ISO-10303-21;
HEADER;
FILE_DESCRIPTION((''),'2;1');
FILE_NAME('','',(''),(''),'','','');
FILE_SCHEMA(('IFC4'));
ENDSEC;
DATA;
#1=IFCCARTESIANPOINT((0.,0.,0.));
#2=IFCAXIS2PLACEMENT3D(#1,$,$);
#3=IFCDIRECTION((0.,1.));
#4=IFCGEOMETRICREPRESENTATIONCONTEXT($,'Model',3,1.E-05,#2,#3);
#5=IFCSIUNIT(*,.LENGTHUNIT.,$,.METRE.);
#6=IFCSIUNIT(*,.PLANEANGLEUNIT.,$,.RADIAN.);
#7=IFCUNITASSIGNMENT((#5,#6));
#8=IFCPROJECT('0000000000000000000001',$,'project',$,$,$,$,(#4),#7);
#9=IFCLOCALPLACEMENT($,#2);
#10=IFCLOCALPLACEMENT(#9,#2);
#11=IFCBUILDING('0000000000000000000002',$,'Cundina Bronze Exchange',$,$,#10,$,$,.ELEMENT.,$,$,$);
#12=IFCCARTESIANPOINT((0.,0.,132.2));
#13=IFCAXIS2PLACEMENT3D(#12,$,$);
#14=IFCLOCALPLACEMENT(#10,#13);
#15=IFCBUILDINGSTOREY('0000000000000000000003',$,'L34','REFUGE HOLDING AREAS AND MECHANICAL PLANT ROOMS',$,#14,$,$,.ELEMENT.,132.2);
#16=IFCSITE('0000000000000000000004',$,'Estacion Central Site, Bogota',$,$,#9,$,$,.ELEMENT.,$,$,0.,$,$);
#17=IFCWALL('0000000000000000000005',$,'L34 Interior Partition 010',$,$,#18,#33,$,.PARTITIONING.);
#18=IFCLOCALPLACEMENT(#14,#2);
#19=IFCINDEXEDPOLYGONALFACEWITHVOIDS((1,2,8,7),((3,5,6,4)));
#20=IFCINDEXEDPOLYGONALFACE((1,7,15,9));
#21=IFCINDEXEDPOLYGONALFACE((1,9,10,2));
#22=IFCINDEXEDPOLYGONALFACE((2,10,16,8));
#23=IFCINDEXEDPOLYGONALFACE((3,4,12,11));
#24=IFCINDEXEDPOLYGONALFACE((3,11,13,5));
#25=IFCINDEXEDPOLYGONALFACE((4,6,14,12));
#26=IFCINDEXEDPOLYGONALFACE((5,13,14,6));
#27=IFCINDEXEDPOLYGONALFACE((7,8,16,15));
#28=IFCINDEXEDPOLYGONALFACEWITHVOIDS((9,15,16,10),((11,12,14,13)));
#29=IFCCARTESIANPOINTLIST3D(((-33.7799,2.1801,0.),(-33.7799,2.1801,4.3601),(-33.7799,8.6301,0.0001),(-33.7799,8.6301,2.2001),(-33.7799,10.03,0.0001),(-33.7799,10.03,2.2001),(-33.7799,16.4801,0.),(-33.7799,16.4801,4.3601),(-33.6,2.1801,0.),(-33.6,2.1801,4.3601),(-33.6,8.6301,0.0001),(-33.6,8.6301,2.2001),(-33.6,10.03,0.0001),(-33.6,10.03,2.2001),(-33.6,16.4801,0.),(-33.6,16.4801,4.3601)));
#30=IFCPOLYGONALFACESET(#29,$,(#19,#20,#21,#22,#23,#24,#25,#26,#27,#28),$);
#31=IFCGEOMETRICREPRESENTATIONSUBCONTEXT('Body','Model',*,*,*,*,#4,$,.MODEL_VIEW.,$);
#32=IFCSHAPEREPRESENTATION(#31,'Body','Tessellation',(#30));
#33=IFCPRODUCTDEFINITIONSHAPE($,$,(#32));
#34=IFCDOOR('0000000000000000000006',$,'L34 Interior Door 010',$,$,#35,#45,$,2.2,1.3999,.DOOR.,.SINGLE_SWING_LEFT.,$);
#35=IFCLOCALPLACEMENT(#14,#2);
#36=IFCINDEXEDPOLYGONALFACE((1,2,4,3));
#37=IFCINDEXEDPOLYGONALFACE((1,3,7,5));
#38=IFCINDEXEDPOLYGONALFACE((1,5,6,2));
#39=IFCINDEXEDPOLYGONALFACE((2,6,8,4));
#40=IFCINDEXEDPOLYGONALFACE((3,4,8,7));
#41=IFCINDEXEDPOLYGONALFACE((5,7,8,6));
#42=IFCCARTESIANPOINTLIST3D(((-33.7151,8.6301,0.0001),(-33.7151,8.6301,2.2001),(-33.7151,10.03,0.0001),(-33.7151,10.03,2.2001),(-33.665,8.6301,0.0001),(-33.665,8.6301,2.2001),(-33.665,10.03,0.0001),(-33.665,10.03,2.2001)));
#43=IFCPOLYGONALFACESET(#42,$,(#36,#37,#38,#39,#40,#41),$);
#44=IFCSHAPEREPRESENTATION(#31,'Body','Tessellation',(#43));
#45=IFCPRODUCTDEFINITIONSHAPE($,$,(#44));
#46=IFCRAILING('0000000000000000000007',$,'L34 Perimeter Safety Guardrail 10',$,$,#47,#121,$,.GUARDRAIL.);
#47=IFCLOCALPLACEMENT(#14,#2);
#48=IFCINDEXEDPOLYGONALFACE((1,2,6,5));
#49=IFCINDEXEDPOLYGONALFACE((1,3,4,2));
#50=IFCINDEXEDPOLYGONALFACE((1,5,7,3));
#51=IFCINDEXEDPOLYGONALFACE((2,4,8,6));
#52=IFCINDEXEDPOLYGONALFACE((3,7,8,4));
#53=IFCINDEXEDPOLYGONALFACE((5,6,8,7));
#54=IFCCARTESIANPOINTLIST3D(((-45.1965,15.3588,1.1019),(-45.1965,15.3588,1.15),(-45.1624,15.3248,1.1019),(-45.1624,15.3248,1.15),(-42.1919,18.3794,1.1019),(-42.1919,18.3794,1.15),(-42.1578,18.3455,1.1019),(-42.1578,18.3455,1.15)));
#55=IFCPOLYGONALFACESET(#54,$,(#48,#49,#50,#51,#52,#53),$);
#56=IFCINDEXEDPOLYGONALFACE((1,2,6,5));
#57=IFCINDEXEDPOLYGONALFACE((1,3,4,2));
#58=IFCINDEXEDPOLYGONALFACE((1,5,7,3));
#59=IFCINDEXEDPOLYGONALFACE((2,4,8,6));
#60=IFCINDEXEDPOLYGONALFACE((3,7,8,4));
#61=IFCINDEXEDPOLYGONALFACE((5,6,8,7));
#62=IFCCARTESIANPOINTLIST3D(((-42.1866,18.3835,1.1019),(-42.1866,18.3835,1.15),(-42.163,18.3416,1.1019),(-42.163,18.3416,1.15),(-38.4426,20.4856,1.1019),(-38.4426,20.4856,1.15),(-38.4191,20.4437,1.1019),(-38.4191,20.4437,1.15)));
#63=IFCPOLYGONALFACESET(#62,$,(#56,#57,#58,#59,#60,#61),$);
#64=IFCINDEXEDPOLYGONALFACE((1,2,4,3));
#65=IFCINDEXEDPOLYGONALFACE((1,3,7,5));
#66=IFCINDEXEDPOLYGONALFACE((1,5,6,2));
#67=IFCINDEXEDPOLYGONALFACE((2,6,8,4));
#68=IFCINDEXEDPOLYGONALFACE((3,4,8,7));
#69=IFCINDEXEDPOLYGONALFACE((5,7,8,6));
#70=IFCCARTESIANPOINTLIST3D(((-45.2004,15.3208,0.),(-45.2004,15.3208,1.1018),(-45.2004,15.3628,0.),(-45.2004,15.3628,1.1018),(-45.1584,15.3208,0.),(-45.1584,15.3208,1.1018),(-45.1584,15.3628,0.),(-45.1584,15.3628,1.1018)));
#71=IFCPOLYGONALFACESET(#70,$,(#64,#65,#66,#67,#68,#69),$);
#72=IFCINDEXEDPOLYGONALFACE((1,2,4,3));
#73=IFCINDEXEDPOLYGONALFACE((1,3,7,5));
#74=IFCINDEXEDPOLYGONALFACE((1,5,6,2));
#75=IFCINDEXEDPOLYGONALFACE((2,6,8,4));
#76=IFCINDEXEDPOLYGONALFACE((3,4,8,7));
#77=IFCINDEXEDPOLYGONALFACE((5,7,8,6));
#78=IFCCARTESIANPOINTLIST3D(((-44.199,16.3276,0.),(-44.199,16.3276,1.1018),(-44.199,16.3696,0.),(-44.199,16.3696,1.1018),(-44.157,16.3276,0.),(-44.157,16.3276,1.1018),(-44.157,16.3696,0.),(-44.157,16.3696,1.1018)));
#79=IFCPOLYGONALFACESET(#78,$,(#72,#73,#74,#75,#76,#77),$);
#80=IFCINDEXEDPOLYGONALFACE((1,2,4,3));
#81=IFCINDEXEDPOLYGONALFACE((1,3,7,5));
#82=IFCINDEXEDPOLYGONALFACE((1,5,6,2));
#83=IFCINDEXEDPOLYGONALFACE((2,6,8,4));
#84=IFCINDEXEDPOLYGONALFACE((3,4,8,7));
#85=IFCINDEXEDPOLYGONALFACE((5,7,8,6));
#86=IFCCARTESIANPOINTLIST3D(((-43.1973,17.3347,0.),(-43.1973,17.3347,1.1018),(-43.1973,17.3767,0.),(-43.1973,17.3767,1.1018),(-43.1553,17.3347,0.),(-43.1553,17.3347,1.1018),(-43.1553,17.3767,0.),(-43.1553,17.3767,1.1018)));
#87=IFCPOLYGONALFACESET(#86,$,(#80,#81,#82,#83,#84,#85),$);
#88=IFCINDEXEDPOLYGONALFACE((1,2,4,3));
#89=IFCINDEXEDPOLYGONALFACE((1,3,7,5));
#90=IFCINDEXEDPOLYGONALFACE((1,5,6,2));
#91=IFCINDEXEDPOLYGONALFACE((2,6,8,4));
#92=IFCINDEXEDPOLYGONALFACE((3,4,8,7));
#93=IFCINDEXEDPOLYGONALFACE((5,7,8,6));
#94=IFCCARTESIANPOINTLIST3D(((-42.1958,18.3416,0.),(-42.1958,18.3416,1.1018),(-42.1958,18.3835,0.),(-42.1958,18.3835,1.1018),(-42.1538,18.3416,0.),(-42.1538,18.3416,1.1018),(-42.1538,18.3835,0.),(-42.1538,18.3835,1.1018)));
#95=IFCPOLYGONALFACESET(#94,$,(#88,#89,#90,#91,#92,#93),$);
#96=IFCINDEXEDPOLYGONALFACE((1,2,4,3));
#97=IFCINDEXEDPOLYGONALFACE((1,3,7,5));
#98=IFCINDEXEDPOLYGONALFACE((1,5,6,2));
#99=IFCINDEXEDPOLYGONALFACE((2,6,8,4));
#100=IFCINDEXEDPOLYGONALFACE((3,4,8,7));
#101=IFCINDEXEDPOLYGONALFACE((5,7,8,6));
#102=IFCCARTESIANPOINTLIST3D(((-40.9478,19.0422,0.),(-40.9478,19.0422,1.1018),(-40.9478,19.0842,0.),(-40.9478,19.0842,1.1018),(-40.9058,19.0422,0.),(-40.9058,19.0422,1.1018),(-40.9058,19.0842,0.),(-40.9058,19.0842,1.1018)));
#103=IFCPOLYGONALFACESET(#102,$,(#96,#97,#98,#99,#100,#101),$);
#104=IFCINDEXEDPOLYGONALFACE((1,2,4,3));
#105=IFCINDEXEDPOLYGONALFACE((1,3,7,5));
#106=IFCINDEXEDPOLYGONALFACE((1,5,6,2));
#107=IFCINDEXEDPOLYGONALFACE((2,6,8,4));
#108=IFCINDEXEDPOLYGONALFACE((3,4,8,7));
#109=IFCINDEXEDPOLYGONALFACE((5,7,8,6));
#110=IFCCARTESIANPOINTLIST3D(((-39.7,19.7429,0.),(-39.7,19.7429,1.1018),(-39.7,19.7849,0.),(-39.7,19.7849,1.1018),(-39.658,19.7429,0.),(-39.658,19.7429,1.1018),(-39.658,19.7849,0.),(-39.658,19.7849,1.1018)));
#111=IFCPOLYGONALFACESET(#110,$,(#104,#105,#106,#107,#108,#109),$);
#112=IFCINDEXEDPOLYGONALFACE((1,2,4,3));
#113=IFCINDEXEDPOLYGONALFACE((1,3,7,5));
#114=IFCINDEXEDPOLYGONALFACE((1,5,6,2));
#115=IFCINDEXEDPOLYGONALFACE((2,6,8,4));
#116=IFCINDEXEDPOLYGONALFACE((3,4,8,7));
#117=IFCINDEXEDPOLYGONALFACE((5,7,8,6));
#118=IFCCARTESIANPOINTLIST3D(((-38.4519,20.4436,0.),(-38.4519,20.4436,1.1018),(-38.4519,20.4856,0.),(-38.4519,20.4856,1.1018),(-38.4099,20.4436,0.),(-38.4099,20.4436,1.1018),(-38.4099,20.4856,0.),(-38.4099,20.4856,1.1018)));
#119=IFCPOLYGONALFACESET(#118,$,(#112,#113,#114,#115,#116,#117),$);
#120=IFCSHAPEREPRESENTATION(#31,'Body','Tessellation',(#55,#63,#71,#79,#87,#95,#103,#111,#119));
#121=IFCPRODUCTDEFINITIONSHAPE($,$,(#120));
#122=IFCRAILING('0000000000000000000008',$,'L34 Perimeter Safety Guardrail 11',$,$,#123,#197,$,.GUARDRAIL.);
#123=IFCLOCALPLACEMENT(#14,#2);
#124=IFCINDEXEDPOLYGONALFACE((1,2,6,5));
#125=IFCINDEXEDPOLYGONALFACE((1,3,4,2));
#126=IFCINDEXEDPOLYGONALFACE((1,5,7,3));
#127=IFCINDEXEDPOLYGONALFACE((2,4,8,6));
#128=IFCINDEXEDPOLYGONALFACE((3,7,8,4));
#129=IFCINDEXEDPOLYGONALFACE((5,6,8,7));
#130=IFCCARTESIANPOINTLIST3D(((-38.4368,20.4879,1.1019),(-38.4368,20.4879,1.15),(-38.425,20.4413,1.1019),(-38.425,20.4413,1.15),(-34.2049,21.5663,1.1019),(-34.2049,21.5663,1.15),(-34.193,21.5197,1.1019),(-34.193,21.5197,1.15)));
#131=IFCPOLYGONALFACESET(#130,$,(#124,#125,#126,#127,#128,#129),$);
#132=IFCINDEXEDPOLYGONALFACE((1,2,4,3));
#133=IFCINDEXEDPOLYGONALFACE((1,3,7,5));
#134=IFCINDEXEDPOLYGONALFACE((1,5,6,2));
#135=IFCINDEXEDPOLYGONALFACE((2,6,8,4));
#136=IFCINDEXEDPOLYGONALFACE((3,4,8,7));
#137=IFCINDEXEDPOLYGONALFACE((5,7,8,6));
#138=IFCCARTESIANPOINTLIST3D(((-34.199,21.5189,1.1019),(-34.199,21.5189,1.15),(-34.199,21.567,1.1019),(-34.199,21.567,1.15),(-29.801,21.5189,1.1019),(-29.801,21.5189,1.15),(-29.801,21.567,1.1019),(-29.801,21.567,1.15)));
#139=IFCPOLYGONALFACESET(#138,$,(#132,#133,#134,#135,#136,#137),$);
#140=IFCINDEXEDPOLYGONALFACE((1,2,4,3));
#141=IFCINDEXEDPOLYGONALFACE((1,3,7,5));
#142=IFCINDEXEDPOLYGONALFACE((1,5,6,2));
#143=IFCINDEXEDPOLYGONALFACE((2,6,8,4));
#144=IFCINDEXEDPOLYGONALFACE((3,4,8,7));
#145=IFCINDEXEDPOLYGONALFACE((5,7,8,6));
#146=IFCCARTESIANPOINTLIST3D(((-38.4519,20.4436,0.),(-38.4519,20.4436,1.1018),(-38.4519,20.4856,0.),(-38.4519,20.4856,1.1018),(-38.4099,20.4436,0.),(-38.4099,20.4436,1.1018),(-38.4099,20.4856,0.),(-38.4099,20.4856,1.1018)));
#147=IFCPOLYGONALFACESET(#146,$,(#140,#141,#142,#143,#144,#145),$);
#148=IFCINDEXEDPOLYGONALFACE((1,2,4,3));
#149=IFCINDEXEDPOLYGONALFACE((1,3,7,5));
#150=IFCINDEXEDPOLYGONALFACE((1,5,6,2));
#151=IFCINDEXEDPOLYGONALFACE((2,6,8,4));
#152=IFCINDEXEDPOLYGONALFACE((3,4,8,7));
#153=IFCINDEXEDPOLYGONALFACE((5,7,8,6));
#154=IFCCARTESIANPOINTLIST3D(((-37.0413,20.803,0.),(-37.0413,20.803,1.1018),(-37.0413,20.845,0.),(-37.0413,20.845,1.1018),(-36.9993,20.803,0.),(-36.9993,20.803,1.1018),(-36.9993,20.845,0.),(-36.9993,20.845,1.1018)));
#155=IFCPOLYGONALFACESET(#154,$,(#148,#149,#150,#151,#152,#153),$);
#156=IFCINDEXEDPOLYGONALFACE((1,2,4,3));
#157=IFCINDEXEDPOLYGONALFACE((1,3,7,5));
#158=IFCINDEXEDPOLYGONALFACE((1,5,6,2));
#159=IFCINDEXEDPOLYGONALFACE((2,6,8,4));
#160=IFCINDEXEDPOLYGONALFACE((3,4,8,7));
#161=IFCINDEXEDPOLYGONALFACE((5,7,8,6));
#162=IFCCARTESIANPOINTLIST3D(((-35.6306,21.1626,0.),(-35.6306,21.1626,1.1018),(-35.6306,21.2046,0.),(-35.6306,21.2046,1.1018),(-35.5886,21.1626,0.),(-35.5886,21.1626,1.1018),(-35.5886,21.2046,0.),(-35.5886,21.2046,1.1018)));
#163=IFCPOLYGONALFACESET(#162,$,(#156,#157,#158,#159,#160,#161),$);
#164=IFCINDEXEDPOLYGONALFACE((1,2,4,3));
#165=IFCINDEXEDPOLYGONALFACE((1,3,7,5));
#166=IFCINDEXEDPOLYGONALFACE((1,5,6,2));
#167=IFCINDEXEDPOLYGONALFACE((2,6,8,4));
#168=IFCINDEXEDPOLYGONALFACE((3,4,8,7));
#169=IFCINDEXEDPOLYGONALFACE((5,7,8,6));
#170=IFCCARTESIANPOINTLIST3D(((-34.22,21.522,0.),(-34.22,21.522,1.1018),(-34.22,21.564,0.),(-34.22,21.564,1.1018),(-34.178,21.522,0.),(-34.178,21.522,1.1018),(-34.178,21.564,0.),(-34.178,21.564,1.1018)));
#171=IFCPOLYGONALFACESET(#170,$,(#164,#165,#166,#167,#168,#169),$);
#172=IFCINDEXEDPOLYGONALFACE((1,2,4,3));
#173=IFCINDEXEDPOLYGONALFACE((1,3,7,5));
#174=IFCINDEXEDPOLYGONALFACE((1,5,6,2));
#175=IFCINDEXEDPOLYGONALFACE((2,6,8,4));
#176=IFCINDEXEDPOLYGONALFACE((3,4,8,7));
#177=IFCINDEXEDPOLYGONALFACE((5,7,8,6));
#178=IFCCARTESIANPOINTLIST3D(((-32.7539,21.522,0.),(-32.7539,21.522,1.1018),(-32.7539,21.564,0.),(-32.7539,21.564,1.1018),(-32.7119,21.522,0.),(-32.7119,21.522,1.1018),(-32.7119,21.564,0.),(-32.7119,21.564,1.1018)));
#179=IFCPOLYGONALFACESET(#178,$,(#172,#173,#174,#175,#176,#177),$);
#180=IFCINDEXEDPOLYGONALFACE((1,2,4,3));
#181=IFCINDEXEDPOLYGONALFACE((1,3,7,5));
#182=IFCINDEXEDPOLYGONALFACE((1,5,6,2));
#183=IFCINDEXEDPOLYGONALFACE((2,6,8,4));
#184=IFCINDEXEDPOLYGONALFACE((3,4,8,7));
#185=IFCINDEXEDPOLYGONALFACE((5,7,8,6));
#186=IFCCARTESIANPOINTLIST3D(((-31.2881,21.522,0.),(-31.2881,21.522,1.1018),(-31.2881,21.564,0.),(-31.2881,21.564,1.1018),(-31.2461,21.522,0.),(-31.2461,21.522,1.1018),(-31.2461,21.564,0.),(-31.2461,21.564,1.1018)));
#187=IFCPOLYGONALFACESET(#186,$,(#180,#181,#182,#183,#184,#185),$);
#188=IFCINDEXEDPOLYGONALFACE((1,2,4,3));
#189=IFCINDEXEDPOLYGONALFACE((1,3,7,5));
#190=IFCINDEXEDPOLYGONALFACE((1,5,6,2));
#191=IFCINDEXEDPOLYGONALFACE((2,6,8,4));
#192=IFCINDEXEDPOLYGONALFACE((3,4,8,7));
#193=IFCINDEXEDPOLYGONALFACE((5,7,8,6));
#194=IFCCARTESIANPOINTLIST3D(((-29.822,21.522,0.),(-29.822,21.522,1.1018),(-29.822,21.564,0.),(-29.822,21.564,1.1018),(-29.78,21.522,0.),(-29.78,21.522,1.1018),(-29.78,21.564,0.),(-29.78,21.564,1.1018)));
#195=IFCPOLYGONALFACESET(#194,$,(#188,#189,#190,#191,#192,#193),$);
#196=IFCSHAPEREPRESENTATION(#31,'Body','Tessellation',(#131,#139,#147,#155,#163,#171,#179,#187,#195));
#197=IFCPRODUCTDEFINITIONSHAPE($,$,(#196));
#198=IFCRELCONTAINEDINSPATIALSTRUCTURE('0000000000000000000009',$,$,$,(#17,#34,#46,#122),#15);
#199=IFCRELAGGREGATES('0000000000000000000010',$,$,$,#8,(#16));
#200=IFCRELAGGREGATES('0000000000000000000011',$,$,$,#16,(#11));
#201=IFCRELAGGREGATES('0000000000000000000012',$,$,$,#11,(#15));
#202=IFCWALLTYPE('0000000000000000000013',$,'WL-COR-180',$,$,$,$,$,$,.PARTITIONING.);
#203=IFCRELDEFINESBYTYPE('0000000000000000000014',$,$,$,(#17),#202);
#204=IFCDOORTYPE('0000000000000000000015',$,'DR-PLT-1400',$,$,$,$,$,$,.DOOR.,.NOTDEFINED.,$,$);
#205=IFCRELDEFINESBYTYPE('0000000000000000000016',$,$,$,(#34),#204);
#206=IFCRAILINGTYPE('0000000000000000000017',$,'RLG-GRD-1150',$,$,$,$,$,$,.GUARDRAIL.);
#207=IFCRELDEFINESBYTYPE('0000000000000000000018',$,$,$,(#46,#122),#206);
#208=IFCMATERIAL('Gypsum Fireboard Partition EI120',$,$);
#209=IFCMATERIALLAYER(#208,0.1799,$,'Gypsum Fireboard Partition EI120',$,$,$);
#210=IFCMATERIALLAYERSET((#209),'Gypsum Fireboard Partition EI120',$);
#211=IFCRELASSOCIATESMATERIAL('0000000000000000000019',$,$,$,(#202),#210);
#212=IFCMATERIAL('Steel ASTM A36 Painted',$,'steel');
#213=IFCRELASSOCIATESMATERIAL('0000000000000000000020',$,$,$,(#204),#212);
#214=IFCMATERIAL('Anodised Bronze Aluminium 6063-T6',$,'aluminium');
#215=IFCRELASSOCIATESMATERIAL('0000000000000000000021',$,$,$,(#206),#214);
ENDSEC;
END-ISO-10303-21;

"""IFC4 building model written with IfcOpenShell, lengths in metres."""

from ifc_helpers import new_model, si_unit, direction, frame, frame_2d, origin, origin_2d, place, context, subcontext, project, spatial, rectangle, extrude, material, layer, layer_set, type_object, element, fill, save


model = new_model("IFC4")

# Units and contexts
model_context = context("Model", 3, precision=1e-05, world=origin(), true_north=direction((0.0, 1.0)))
body_context = subcontext(model_context, "Body", "Model", "MODEL_VIEW")
ifc_project = project(units=[si_unit("LENGTHUNIT", "METRE"), si_unit("PLANEANGLEUNIT", "RADIAN")], contexts=[model_context])

# Site, building, storey
site_placement = place(None, origin())
site = spatial("IfcSite", under=ifc_project, at=site_placement, Name="Estacion Central Site, Bogota", CompositionType="ELEMENT", RefElevation=0.0)
building_placement = place(site_placement, origin())
building = spatial("IfcBuilding", under=site, at=building_placement, Name="Cundina Bronze Exchange", CompositionType="ELEMENT")
storey_placement = place(building_placement, frame((0.0, 0.0, 132.2)))
storey = spatial("IfcBuildingStorey", under=building, at=storey_placement, Name="L34", Description="REFUGE HOLDING AREAS AND MECHANICAL PLANT ROOMS", CompositionType="ELEMENT", Elevation=132.2)

# Wall, opening, door
ifc_material_1 = material(Name="Gypsum Fireboard Partition EI120")
ifc_layer_1 = layer(ifc_material_1, 0.1799, Name="Gypsum Fireboard Partition EI120")
ifc_layer_set_1 = layer_set([ifc_layer_1], Name="Gypsum Fireboard Partition EI120")
wall_type = type_object("IfcWallType", Name="WL-COR-180", PredefinedType="PARTITIONING", material=ifc_layer_set_1)
wall_placement = place(storey_placement, frame((-33.6899, 16.48, 0.0), z_axis=(0.0, 0.0, 1.0), x_axis=(0.0, -1.0, 0.0)))
wall = element("IfcWall", 1, at=wall_placement, inside=storey, type_object=wall_type, Name="L34 Interior Partition 010", PredefinedType="PARTITIONING", context=body_context, shape_type="SweptSolid", body=[
    extrude(rectangle(XDim=14.3, YDim=0.1799, at=frame_2d((7.1499, 0.0))), origin(), (0.0, 0.0, 1.0), 4.3601),
])
opening_placement = place(wall_placement, frame((6.45, 0.0, 0.0)))
opening = element("IfcOpeningElement", 2, at=opening_placement, cuts=wall, PredefinedType="OPENING", context=body_context, shape_type="SweptSolid", body=[
    extrude(rectangle(XDim=1.3999, YDim=2.2, at=frame_2d((0.7, 1.1001))), frame((0.0, 0.0999, 0.0), z_axis=(0.0, -1.0, 0.0), x_axis=(1.0, 0.0, 0.0)), (0.0, 0.0, 1.0), 0.2),
])
ifc_material_2 = material(Name="Steel ASTM A36 Painted", Category="steel")
door_type = type_object("IfcDoorType", Name="DR-PLT-1400", OperationType="NOTDEFINED", PredefinedType="DOOR", material=ifc_material_2)
door_placement = place(opening_placement, origin())
door = element("IfcDoor", 3, at=door_placement, inside=storey, type_object=door_type, Name="L34 Interior Door 010", OperationType="SINGLE_SWING_LEFT", OverallHeight=2.2, OverallWidth=1.3999, PredefinedType="DOOR", context=body_context, shape_type="SweptSolid", body=[
    extrude(rectangle(XDim=1.3999, YDim=2.2, at=frame_2d((0.7, 1.1001))), frame((0.0, 0.0249, 0.0), z_axis=(0.0, -1.0, 0.0), x_axis=(1.0, 0.0, 0.0)), (0.0, 0.0, 1.0), 0.05),
])
fill(opening, door)

# Railings
ifc_material_3 = material(Name="Anodised Bronze Aluminium 6063-T6", Category="aluminium")
railing_type = type_object("IfcRailingType", Name="RLG-GRD-1150", PredefinedType="GUARDRAIL", material=ifc_material_3)
railing_1_placement = place(storey_placement, frame((-45.1794, 15.3418, 0.0)))
element("IfcRailing", 4, at=railing_1_placement, inside=storey, type_object=railing_type, Name="L34 Perimeter Safety Guardrail 10", PredefinedType="GUARDRAIL", context=body_context, shape_type="SweptSolid", body=[
    extrude(rectangle(XDim=0.0481, YDim=0.0481, at=origin_2d()), frame((0.0, 0.0, 1.126), z_axis=(0.705213, 0.708995, 0.0), x_axis=(-0.708995, 0.705213, 0.0)), (0.0, 0.0, 1.0), 4.2605),
    extrude(rectangle(XDim=0.0481, YDim=0.0481, at=origin_2d()), frame((3.0046, 3.0208, 1.126), z_axis=(0.871962, 0.489573, 0.0), x_axis=(-0.489573, 0.871962, 0.0)), (0.0, 0.0, 1.0), 4.2937),
    extrude(rectangle(XDim=0.042, YDim=0.042, at=origin_2d()), origin(), (0.0, 0.0, 1.0), 1.1018),
    extrude(rectangle(XDim=0.042, YDim=0.042, at=origin_2d()), frame((1.0015, 1.0068, 0.0)), (0.0, 0.0, 1.0), 1.1018),
    extrude(rectangle(XDim=0.042, YDim=0.042, at=origin_2d()), frame((2.0032, 2.0139, 0.0)), (0.0, 0.0, 1.0), 1.1018),
    extrude(rectangle(XDim=0.042, YDim=0.042, at=origin_2d()), frame((3.0046, 3.0208, 0.0)), (0.0, 0.0, 1.0), 1.1018),
    extrude(rectangle(XDim=0.042, YDim=0.042, at=origin_2d()), frame((4.2527, 3.7214, 0.0)), (0.0, 0.0, 1.0), 1.1018),
    extrude(rectangle(XDim=0.042, YDim=0.042, at=origin_2d()), frame((5.5005, 4.4221, 0.0)), (0.0, 0.0, 1.0), 1.1018),
    extrude(rectangle(XDim=0.042, YDim=0.042, at=origin_2d()), frame((6.7485, 5.1228, 0.0)), (0.0, 0.0, 1.0), 1.1018),
])
railing_2_placement = place(storey_placement, frame((-38.4309, 20.4646, 0.0)))
element("IfcRailing", 5, at=railing_2_placement, inside=storey, type_object=railing_type, Name="L34 Perimeter Safety Guardrail 11", PredefinedType="GUARDRAIL", context=body_context, shape_type="SweptSolid", body=[
    extrude(rectangle(XDim=0.0481, YDim=0.0481, at=origin_2d()), frame((0.0, 0.0, 1.126), z_axis=(0.969034, 0.246927, 0.0), x_axis=(-0.246927, 0.969034, 0.0)), (0.0, 0.0, 1.0), 4.3672),
    extrude(rectangle(XDim=0.0481, YDim=0.0481, at=origin_2d()), frame((4.2319, 1.0784, 1.126), z_axis=(1.0, 0.0, 0.0), x_axis=(0.0, 1.0, 0.0)), (0.0, 0.0, 1.0), 4.3979),
    extrude(rectangle(XDim=0.042, YDim=0.042, at=origin_2d()), origin(), (0.0, 0.0, 1.0), 1.1018),
    extrude(rectangle(XDim=0.042, YDim=0.042, at=origin_2d()), frame((1.4106, 0.3594, 0.0)), (0.0, 0.0, 1.0), 1.1018),
    extrude(rectangle(XDim=0.042, YDim=0.042, at=origin_2d()), frame((2.8213, 0.719, 0.0)), (0.0, 0.0, 1.0), 1.1018),
    extrude(rectangle(XDim=0.042, YDim=0.042, at=origin_2d()), frame((4.2319, 1.0784, 0.0)), (0.0, 0.0, 1.0), 1.1018),
    extrude(rectangle(XDim=0.042, YDim=0.042, at=origin_2d()), frame((5.698, 1.0784, 0.0)), (0.0, 0.0, 1.0), 1.1018),
    extrude(rectangle(XDim=0.042, YDim=0.042, at=origin_2d()), frame((7.1638, 1.0784, 0.0)), (0.0, 0.0, 1.0), 1.1018),
    extrude(rectangle(XDim=0.042, YDim=0.042, at=origin_2d()), frame((8.6299, 1.0784, 0.0)), (0.0, 0.0, 1.0), 1.1018),
])

save(model, "model.ifc")
